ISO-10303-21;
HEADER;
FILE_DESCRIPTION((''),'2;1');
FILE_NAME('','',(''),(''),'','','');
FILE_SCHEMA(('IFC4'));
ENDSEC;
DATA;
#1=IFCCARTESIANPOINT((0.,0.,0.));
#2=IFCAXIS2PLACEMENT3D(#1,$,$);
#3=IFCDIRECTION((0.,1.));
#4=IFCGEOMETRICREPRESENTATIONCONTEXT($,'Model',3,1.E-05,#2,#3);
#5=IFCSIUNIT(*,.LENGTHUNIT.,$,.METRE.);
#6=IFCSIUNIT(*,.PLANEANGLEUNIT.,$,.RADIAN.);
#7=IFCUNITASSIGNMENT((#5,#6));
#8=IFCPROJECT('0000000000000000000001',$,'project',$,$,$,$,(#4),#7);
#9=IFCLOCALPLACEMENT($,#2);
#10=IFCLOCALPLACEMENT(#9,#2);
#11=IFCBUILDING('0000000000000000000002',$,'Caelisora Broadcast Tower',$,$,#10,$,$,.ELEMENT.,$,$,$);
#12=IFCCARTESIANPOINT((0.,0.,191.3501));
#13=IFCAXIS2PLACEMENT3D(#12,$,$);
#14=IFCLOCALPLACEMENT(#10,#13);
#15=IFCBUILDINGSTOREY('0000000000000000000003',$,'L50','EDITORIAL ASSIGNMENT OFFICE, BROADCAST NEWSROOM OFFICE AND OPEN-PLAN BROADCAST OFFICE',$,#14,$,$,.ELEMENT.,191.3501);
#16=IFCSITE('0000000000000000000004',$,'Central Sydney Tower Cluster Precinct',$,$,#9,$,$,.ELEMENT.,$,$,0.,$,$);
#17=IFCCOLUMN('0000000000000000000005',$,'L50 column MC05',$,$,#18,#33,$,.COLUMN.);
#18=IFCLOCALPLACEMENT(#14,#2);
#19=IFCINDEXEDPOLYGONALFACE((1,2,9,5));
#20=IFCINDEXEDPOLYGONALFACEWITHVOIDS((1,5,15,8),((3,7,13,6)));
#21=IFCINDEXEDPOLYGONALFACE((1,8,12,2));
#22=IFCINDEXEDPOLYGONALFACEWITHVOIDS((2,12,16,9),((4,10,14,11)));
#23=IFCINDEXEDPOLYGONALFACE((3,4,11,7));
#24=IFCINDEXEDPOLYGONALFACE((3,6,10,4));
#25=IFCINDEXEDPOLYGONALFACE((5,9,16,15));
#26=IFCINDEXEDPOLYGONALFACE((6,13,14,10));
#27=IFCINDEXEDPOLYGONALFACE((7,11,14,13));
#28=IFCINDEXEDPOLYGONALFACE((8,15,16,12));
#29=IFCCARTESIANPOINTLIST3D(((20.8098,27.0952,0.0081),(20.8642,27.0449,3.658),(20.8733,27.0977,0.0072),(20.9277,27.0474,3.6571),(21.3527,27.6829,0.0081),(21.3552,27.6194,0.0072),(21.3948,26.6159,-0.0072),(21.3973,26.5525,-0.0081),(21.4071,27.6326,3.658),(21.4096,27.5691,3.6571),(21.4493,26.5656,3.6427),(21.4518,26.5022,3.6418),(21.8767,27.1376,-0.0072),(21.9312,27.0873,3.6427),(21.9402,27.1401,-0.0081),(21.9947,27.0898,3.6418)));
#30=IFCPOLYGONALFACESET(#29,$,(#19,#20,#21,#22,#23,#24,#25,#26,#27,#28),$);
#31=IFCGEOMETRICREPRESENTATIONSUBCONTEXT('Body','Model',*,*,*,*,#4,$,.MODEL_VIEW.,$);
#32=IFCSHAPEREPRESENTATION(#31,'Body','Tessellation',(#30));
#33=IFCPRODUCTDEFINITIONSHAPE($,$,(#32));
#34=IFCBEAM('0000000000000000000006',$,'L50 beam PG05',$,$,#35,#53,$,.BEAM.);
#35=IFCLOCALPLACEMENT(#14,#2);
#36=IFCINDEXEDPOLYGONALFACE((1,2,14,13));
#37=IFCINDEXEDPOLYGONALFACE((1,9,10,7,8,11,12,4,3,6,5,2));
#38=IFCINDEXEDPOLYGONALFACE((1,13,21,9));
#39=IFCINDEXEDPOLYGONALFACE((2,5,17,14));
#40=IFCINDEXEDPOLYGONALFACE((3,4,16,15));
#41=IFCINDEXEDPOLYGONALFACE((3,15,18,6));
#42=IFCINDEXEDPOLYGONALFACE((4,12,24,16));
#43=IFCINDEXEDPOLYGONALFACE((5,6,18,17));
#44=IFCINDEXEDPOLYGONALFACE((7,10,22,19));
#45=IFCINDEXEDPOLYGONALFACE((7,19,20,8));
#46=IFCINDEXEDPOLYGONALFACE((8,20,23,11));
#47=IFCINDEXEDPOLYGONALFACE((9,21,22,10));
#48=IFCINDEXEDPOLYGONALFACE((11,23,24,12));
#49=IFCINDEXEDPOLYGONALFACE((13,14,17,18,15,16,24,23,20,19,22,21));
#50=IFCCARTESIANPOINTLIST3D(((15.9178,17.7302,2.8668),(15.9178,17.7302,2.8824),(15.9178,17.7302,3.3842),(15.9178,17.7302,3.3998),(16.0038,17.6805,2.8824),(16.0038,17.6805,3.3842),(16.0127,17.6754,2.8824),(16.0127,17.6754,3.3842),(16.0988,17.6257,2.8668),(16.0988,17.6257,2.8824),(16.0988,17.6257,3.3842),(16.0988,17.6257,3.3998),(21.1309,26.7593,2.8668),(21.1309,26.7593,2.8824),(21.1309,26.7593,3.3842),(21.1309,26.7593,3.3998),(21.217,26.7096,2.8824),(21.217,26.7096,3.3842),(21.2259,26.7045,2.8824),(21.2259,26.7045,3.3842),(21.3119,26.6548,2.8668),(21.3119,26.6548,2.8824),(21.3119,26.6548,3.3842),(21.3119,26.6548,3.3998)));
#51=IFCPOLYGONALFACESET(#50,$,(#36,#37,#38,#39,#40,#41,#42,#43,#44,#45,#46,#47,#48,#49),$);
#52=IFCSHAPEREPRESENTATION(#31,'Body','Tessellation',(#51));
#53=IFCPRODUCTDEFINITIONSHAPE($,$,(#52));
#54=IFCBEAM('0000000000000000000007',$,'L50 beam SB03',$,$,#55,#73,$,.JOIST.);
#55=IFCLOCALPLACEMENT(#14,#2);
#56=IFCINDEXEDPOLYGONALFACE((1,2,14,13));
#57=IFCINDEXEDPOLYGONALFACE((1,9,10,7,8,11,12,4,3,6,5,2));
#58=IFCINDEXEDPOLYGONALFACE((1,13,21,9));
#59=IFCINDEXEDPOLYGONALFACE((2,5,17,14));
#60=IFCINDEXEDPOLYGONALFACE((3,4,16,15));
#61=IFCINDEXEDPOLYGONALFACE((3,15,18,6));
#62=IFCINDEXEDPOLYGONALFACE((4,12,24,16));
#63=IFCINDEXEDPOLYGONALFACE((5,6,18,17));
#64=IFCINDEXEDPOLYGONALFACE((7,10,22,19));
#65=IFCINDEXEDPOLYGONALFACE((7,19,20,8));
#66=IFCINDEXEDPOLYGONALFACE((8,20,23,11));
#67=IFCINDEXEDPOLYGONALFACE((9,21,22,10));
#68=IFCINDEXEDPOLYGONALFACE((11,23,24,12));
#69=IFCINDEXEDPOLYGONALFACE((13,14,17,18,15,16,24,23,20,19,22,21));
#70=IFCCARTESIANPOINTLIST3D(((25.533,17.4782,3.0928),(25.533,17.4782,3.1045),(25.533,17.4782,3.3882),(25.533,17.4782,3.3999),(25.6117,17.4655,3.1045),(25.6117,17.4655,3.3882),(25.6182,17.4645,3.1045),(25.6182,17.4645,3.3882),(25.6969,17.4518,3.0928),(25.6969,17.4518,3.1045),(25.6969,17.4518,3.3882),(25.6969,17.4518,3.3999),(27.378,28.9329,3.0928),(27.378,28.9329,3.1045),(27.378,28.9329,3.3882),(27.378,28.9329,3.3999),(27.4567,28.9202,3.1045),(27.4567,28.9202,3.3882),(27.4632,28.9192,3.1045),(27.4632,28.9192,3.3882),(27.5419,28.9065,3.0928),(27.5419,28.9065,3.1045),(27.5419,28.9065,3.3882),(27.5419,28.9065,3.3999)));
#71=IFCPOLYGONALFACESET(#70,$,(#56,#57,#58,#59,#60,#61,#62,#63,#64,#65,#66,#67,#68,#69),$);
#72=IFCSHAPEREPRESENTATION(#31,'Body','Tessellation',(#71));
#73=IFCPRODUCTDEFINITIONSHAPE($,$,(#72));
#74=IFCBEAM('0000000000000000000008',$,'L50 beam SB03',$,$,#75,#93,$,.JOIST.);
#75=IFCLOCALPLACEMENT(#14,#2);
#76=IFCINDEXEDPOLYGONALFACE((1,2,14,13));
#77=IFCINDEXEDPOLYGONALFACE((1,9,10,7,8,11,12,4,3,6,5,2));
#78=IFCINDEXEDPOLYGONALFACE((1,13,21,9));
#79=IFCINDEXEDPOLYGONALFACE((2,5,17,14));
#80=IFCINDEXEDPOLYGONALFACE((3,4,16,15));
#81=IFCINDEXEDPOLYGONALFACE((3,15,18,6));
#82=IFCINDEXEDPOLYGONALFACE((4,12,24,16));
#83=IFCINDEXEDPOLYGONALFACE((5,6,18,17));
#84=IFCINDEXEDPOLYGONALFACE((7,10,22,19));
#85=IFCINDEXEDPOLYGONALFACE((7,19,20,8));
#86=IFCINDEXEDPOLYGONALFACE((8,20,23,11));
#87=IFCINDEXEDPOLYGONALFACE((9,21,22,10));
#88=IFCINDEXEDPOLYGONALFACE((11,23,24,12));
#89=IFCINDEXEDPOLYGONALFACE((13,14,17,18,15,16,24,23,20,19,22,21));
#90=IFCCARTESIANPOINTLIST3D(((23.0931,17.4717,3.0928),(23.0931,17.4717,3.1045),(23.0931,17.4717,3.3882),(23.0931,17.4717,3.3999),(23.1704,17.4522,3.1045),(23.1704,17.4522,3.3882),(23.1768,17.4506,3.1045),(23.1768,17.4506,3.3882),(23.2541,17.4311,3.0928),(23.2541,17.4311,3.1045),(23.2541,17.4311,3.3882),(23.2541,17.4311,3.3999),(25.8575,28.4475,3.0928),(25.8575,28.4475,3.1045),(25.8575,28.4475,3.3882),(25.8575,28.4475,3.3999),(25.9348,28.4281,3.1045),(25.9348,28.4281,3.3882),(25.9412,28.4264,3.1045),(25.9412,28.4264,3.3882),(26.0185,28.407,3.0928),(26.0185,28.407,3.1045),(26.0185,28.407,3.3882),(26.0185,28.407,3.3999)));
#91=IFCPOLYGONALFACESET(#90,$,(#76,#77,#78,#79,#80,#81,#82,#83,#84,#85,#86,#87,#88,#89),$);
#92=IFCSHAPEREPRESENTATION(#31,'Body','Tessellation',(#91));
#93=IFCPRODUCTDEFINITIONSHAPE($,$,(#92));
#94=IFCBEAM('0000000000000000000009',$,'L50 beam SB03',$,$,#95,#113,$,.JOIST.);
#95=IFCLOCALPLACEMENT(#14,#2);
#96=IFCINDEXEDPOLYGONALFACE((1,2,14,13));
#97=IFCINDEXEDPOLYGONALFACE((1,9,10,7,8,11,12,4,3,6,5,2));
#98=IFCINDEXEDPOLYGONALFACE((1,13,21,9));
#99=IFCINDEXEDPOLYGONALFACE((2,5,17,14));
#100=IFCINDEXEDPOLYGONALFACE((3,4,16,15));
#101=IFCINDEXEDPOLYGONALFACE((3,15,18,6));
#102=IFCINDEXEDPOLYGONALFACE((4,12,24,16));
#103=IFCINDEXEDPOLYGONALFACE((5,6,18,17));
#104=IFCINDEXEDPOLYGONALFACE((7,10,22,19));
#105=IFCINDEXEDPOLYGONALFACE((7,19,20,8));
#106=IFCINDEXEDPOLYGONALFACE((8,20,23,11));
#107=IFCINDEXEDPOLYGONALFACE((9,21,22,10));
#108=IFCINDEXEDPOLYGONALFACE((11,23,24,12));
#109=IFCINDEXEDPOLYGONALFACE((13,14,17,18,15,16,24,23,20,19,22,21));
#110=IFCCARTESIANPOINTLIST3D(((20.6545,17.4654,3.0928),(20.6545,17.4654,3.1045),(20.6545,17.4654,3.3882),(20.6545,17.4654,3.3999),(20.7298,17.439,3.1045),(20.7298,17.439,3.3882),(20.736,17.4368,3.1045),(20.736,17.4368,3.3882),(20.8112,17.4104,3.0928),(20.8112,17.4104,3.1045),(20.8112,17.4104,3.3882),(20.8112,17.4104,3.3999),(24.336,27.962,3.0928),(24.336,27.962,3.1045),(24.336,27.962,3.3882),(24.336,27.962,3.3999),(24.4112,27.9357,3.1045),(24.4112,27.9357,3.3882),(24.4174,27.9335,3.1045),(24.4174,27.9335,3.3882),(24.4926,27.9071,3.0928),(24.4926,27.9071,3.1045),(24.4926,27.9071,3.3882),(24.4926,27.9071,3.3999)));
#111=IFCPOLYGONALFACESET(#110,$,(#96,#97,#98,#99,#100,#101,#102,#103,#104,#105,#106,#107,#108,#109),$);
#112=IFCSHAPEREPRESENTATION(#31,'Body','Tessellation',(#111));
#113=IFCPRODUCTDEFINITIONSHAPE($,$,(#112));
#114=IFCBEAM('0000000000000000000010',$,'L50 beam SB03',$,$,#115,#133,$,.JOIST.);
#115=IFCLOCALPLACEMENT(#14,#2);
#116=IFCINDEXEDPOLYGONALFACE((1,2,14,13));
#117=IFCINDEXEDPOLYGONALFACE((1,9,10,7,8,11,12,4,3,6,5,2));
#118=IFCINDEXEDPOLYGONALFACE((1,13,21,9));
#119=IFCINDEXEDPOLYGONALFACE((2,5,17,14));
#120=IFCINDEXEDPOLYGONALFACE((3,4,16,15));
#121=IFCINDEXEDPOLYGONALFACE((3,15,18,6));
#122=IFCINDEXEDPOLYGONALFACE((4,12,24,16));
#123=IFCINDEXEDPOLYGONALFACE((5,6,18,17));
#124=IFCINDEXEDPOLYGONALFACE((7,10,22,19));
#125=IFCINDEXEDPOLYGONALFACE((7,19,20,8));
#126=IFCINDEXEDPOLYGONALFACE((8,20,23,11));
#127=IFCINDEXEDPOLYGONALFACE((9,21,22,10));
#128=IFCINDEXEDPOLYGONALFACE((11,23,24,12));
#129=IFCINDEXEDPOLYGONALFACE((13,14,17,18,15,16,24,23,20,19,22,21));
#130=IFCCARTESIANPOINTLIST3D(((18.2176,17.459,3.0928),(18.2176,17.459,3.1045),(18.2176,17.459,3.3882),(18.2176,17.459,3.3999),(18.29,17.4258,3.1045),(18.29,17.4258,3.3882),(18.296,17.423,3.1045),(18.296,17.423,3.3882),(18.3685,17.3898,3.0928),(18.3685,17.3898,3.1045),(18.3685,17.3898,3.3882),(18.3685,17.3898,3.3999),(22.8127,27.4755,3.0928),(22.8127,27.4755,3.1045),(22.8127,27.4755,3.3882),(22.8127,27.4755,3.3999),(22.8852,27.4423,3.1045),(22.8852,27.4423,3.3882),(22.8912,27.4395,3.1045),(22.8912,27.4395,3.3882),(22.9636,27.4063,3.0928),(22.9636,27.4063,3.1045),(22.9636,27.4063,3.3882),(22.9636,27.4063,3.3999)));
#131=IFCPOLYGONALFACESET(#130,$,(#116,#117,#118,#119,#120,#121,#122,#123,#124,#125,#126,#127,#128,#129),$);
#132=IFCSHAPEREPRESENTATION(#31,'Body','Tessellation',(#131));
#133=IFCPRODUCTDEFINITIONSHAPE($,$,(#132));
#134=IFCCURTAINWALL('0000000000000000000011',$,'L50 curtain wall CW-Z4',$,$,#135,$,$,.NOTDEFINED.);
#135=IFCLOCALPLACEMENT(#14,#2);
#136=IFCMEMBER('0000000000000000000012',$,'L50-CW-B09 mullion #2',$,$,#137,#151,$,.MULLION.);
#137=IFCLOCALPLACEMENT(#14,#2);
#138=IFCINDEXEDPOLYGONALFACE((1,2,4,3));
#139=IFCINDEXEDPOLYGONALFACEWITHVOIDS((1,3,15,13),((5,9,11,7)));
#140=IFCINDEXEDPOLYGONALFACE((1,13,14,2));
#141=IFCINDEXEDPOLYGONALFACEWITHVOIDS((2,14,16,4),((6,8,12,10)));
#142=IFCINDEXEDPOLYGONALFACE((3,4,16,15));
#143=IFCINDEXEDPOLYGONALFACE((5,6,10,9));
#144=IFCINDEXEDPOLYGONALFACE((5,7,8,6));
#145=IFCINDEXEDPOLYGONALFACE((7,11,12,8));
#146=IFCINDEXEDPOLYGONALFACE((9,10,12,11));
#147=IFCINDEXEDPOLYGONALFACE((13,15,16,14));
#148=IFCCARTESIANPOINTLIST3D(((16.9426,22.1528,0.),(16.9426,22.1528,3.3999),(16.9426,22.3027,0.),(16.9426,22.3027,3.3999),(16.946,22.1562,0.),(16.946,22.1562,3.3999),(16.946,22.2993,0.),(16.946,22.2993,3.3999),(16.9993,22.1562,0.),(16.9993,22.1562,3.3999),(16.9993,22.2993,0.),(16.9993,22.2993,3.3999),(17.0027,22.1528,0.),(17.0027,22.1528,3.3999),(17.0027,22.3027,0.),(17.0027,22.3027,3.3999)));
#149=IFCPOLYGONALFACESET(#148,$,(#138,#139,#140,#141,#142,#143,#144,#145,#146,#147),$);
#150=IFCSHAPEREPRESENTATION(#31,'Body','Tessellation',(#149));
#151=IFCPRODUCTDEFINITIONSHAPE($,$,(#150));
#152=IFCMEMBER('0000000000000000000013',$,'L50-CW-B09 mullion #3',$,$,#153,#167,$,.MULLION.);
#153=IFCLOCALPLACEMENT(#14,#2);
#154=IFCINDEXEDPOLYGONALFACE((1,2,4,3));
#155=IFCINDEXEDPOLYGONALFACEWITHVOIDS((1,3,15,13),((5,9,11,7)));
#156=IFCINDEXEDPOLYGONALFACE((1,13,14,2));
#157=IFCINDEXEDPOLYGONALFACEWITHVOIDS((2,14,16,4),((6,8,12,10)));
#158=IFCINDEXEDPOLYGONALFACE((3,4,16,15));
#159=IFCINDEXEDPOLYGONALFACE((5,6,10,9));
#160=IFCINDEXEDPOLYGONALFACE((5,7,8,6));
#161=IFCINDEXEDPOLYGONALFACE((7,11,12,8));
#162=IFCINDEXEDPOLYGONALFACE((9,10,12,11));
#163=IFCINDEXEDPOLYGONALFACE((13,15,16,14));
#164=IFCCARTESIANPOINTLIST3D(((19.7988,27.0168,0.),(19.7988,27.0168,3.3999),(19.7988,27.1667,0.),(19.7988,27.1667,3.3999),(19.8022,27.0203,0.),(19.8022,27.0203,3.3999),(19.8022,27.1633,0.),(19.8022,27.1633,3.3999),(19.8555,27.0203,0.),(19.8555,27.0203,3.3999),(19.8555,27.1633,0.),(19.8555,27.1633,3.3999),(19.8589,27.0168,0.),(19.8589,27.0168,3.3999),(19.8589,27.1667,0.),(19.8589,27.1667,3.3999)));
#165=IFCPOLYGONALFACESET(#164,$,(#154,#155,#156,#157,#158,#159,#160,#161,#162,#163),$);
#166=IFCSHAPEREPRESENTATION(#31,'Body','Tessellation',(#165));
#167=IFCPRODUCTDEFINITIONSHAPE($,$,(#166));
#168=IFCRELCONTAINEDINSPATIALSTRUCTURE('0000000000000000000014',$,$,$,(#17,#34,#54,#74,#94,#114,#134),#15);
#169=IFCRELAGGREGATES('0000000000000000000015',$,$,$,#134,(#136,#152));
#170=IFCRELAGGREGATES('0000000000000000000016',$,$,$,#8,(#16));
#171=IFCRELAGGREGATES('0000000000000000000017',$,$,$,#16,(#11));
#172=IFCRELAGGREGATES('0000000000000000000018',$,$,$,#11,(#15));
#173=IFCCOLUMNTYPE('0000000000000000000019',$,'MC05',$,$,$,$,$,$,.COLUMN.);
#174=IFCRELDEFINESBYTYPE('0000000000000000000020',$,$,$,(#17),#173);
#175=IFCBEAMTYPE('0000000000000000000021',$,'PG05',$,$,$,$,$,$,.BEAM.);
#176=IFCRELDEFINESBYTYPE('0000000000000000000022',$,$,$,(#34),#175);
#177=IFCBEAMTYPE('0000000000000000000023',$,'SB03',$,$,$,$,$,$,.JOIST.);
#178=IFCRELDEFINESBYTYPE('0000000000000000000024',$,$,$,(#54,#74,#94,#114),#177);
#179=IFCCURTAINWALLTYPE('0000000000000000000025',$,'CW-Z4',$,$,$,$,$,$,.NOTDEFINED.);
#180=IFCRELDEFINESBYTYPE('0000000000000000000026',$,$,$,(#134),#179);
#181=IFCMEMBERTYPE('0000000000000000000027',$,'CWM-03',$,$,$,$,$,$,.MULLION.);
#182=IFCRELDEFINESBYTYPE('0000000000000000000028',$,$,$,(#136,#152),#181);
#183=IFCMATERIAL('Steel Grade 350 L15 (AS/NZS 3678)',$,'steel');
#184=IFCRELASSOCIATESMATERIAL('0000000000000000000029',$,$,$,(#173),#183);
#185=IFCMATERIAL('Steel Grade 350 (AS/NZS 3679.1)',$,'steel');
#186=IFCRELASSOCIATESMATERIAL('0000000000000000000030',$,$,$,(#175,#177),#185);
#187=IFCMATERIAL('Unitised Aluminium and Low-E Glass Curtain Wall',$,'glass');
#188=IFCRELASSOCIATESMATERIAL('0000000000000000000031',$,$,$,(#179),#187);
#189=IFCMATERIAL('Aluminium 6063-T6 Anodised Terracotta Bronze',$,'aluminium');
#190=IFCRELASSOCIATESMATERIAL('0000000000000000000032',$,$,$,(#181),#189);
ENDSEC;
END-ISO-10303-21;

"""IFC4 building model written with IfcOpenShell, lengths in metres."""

from ifc_helpers import new_model, si_unit, direction, frame, origin, origin_2d, place, context, subcontext, project, spatial, hollow_rectangle, i_section, extrude, source, transform, mapped, material, material_profile, profile_set, type_object, type_shapes, element, aggregate, save


model = new_model("IFC4")

# Units and contexts
model_context = context("Model", 3, precision=1e-05, world=origin(), true_north=direction((0.0, 1.0)))
body_context = subcontext(model_context, "Body", "Model", "MODEL_VIEW")
ifc_project = project(units=[si_unit("LENGTHUNIT", "METRE"), si_unit("PLANEANGLEUNIT", "RADIAN")], contexts=[model_context])

# Site, building, storey
site_placement = place(None, origin())
site = spatial("IfcSite", under=ifc_project, at=site_placement, Name="Central Sydney Tower Cluster Precinct", CompositionType="ELEMENT", RefElevation=0.0)
building_placement = place(site_placement, origin())
building = spatial("IfcBuilding", under=site, at=building_placement, Name="Caelisora Broadcast Tower", CompositionType="ELEMENT")
storey_placement = place(building_placement, frame((0.0, 0.0, 191.3501)))
storey = spatial("IfcBuildingStorey", under=building, at=storey_placement, Name="L50", Description="EDITORIAL ASSIGNMENT OFFICE, BROADCAST NEWSROOM OFFICE AND OPEN-PLAN BROADCAST OFFICE", CompositionType="ELEMENT", Elevation=191.3501)

# Column
ifc_material_1 = material(Name="Steel Grade 350 L15 (AS/NZS 3678)", Category="steel")
ifc_material_profile_1 = material_profile(ifc_material_1, hollow_rectangle(XDim=0.8, YDim=0.8, WallThickness=0.0449, at=origin_2d()), Name="Steel Grade 350 L15 (AS/NZS 3678)")
ifc_profile_set_1 = profile_set([ifc_material_profile_1], Name="Steel Grade 350 L15 (AS/NZS 3678)")
column_type = type_object("IfcColumnType", Name="MC05", PredefinedType="COLUMN", material=ifc_profile_set_1)
shared_shape_1 = source(origin(), body_context, "Body", "SweptSolid", [
    extrude(hollow_rectangle(XDim=0.8, YDim=0.8, WallThickness=0.0449, at=origin_2d()), origin(), (0.0, 0.0, 1.0), 3.6506),
])
type_shapes(column_type, [shared_shape_1])
column_placement = place(storey_placement, frame((21.375, 27.1177, 0.0), z_axis=(0.014913, -0.013776, 0.999794), x_axis=(0.678554, 0.734551, 0.0)))
element("IfcColumn", 1, at=column_placement, inside=storey, type_object=column_type, Name="L50 column MC05", PredefinedType="COLUMN", context=body_context, shape_type="MappedRepresentation", body=[
    mapped(shared_shape_1, transform((0.0, 0.0, 0.0), scale=1.0)),
])

# Beams
ifc_material_2 = material(Name="Steel Grade 350 (AS/NZS 3679.1)", Category="steel")
ifc_material_profile_2 = material_profile(ifc_material_2, i_section(OverallWidth=0.209, OverallDepth=0.533, WebThickness=0.0103, FlangeThickness=0.0156, at=origin_2d()), Name="Steel Grade 350 (AS/NZS 3679.1)")
ifc_profile_set_2 = profile_set([ifc_material_profile_2], Name="Steel Grade 350 (AS/NZS 3679.1)")
beam_type_1 = type_object("IfcBeamType", Name="PG05", PredefinedType="BEAM", material=ifc_profile_set_2)
shared_shape_2 = source(origin(), body_context, "Body", "SweptSolid", [
    extrude(i_section(OverallWidth=0.209, OverallDepth=0.533, WebThickness=0.0103, FlangeThickness=0.0156, at=origin_2d()), origin(), (0.0, 0.0, 1.0), 10.426),
])
type_shapes(beam_type_1, [shared_shape_2])
beam_1_placement = place(storey_placement, frame((21.2214, 26.707, 3.1333), z_axis=(-0.500015, -0.866017, 0.0), x_axis=(0.866017, -0.500015, 0.0)))
element("IfcBeam", 2, at=beam_1_placement, inside=storey, type_object=beam_type_1, Name="L50 beam PG05", PredefinedType="BEAM", context=body_context, shape_type="MappedRepresentation", body=[
    mapped(shared_shape_2, transform((0.0, 0.0, 0.0), scale=1.0)),
])
ifc_material_profile_3 = material_profile(ifc_material_2, i_section(OverallWidth=0.166, OverallDepth=0.3071, WebThickness=0.0066, FlangeThickness=0.0117, at=origin_2d()), Name="Steel Grade 350 (AS/NZS 3679.1)")
ifc_profile_set_3 = profile_set([ifc_material_profile_3], Name="Steel Grade 350 (AS/NZS 3679.1)")
beam_type_2 = type_object("IfcBeamType", Name="SB03", PredefinedType="JOIST", material=ifc_profile_set_3)
shared_shape_3 = source(origin(), body_context, "Body", "SweptSolid", [
    extrude(i_section(OverallWidth=0.166, OverallDepth=0.3071, WebThickness=0.0066, FlangeThickness=0.0117, at=origin_2d()), origin(), (0.0, 0.0, 1.0), 11.6023),
])
beam_2_placement = place(storey_placement, frame((27.46, 28.9197, 3.2463), z_axis=(-0.159019, -0.987276, 0.0), x_axis=(0.987276, -0.159019, 0.0)))
element("IfcBeam", 3, at=beam_2_placement, inside=storey, type_object=beam_type_2, Name="L50 beam SB03", PredefinedType="JOIST", context=body_context, shape_type="MappedRepresentation", body=[
    mapped(shared_shape_3, transform((0.0, 0.0, 0.0), scale=1.0)),
])
shared_shape_4 = source(origin(), body_context, "Body", "SweptSolid", [
    extrude(i_section(OverallWidth=0.166, OverallDepth=0.3071, WebThickness=0.0066, FlangeThickness=0.0117, at=origin_2d()), origin(), (0.0, 0.0, 1.0), 11.3186),
])
beam_3_placement = place(storey_placement, frame((25.938, 28.4272, 3.2463), z_axis=(-0.244235, -0.969716, 0.0), x_axis=(0.969716, -0.244235, 0.0)))
element("IfcBeam", 4, at=beam_3_placement, inside=storey, type_object=beam_type_2, Name="L50 beam SB03", PredefinedType="JOIST", context=body_context, shape_type="MappedRepresentation", body=[
    mapped(shared_shape_4, transform((0.0, 0.0, 0.0), scale=1.0)),
])
shared_shape_5 = source(origin(), body_context, "Body", "SweptSolid", [
    extrude(i_section(OverallWidth=0.166, OverallDepth=0.3071, WebThickness=0.0066, FlangeThickness=0.0117, at=origin_2d()), origin(), (0.0, 0.0, 1.0), 11.1235),
])
beam_4_placement = place(storey_placement, frame((24.4143, 27.9346, 3.2463), z_axis=(-0.330958, -0.943645, 0.0), x_axis=(0.943645, -0.330958, 0.0)))
element("IfcBeam", 5, at=beam_4_placement, inside=storey, type_object=beam_type_2, Name="L50 beam SB03", PredefinedType="JOIST", context=body_context, shape_type="MappedRepresentation", body=[
    mapped(shared_shape_5, transform((0.0, 0.0, 0.0), scale=1.0)),
])
shared_shape_6 = source(origin(), body_context, "Body", "SweptSolid", [
    extrude(i_section(OverallWidth=0.166, OverallDepth=0.3071, WebThickness=0.0066, FlangeThickness=0.0117, at=origin_2d()), origin(), (0.0, 0.0, 1.0), 11.0203),
])
type_shapes(beam_type_2, [shared_shape_3, shared_shape_4, shared_shape_5, shared_shape_6])
beam_5_placement = place(storey_placement, frame((22.8882, 27.4409, 3.2463), z_axis=(-0.416975, -0.908918, 0.0), x_axis=(0.908918, -0.416975, 0.0)))
element("IfcBeam", 6, at=beam_5_placement, inside=storey, type_object=beam_type_2, Name="L50 beam SB03", PredefinedType="JOIST", context=body_context, shape_type="MappedRepresentation", body=[
    mapped(shared_shape_6, transform((0.0, 0.0, 0.0), scale=1.0)),
])

# Curtain wall, members
ifc_material_3 = material(Name="Unitised Aluminium and Low-E Glass Curtain Wall", Category="glass")
curtain_wall_type_1 = type_object("IfcCurtainWallType", Name="CW-Z4", PredefinedType="NOTDEFINED", material=ifc_material_3)
curtain_wall_1_placement = place(storey_placement, origin())
curtain_wall_1 = element("IfcCurtainWall", 7, at=curtain_wall_1_placement, inside=storey, type_object=curtain_wall_type_1, Name="L50 curtain wall CW-Z4", PredefinedType="NOTDEFINED")
ifc_material_4 = material(Name="Aluminium 6063-T6 Anodised Terracotta Bronze", Category="aluminium")
ifc_material_profile_4 = material_profile(ifc_material_4, hollow_rectangle(XDim=0.0601, YDim=0.1499, WallThickness=0.0034, at=origin_2d()), Name="Aluminium 6063-T6 Anodised Terracotta Bronze")
ifc_profile_set_4 = profile_set([ifc_material_profile_4], Name="Aluminium 6063-T6 Anodised Terracotta Bronze")
member_type_1 = type_object("IfcMemberType", Name="CWM-03", PredefinedType="MULLION", material=ifc_profile_set_4)
shared_shape_7 = source(origin(), body_context, "Body", "SweptSolid", [
    extrude(hollow_rectangle(XDim=0.0601, YDim=0.1499, WallThickness=0.0034, at=origin_2d()), origin(), (0.0, 0.0, 1.0), 3.3999),
])
type_shapes(member_type_1, [shared_shape_7])
member_1_placement = place(storey_placement, frame((16.9727, 22.2278, 0.0), z_axis=(0.0, 0.0, 1.0), x_axis=(1.0, 0.0, 0.0)))
member_1 = element("IfcMember", 8, at=member_1_placement, type_object=member_type_1, Name="L50-CW-B09 mullion #2", PredefinedType="MULLION", context=body_context, shape_type="MappedRepresentation", body=[
    mapped(shared_shape_7, transform((0.0, 0.0, 0.0), scale=1.0)),
])
member_2_placement = place(storey_placement, frame((19.8289, 27.0918, 0.0), z_axis=(0.0, 0.0, 1.0), x_axis=(1.0, 0.0, 0.0)))
member_2 = element("IfcMember", 9, at=member_2_placement, type_object=member_type_1, Name="L50-CW-B09 mullion #3", PredefinedType="MULLION", context=body_context, shape_type="MappedRepresentation", body=[
    mapped(shared_shape_7, transform((0.0, 0.0, 0.0), scale=1.0)),
])

aggregate(curtain_wall_1, [member_1, member_2])

save(model, "model.ifc")
